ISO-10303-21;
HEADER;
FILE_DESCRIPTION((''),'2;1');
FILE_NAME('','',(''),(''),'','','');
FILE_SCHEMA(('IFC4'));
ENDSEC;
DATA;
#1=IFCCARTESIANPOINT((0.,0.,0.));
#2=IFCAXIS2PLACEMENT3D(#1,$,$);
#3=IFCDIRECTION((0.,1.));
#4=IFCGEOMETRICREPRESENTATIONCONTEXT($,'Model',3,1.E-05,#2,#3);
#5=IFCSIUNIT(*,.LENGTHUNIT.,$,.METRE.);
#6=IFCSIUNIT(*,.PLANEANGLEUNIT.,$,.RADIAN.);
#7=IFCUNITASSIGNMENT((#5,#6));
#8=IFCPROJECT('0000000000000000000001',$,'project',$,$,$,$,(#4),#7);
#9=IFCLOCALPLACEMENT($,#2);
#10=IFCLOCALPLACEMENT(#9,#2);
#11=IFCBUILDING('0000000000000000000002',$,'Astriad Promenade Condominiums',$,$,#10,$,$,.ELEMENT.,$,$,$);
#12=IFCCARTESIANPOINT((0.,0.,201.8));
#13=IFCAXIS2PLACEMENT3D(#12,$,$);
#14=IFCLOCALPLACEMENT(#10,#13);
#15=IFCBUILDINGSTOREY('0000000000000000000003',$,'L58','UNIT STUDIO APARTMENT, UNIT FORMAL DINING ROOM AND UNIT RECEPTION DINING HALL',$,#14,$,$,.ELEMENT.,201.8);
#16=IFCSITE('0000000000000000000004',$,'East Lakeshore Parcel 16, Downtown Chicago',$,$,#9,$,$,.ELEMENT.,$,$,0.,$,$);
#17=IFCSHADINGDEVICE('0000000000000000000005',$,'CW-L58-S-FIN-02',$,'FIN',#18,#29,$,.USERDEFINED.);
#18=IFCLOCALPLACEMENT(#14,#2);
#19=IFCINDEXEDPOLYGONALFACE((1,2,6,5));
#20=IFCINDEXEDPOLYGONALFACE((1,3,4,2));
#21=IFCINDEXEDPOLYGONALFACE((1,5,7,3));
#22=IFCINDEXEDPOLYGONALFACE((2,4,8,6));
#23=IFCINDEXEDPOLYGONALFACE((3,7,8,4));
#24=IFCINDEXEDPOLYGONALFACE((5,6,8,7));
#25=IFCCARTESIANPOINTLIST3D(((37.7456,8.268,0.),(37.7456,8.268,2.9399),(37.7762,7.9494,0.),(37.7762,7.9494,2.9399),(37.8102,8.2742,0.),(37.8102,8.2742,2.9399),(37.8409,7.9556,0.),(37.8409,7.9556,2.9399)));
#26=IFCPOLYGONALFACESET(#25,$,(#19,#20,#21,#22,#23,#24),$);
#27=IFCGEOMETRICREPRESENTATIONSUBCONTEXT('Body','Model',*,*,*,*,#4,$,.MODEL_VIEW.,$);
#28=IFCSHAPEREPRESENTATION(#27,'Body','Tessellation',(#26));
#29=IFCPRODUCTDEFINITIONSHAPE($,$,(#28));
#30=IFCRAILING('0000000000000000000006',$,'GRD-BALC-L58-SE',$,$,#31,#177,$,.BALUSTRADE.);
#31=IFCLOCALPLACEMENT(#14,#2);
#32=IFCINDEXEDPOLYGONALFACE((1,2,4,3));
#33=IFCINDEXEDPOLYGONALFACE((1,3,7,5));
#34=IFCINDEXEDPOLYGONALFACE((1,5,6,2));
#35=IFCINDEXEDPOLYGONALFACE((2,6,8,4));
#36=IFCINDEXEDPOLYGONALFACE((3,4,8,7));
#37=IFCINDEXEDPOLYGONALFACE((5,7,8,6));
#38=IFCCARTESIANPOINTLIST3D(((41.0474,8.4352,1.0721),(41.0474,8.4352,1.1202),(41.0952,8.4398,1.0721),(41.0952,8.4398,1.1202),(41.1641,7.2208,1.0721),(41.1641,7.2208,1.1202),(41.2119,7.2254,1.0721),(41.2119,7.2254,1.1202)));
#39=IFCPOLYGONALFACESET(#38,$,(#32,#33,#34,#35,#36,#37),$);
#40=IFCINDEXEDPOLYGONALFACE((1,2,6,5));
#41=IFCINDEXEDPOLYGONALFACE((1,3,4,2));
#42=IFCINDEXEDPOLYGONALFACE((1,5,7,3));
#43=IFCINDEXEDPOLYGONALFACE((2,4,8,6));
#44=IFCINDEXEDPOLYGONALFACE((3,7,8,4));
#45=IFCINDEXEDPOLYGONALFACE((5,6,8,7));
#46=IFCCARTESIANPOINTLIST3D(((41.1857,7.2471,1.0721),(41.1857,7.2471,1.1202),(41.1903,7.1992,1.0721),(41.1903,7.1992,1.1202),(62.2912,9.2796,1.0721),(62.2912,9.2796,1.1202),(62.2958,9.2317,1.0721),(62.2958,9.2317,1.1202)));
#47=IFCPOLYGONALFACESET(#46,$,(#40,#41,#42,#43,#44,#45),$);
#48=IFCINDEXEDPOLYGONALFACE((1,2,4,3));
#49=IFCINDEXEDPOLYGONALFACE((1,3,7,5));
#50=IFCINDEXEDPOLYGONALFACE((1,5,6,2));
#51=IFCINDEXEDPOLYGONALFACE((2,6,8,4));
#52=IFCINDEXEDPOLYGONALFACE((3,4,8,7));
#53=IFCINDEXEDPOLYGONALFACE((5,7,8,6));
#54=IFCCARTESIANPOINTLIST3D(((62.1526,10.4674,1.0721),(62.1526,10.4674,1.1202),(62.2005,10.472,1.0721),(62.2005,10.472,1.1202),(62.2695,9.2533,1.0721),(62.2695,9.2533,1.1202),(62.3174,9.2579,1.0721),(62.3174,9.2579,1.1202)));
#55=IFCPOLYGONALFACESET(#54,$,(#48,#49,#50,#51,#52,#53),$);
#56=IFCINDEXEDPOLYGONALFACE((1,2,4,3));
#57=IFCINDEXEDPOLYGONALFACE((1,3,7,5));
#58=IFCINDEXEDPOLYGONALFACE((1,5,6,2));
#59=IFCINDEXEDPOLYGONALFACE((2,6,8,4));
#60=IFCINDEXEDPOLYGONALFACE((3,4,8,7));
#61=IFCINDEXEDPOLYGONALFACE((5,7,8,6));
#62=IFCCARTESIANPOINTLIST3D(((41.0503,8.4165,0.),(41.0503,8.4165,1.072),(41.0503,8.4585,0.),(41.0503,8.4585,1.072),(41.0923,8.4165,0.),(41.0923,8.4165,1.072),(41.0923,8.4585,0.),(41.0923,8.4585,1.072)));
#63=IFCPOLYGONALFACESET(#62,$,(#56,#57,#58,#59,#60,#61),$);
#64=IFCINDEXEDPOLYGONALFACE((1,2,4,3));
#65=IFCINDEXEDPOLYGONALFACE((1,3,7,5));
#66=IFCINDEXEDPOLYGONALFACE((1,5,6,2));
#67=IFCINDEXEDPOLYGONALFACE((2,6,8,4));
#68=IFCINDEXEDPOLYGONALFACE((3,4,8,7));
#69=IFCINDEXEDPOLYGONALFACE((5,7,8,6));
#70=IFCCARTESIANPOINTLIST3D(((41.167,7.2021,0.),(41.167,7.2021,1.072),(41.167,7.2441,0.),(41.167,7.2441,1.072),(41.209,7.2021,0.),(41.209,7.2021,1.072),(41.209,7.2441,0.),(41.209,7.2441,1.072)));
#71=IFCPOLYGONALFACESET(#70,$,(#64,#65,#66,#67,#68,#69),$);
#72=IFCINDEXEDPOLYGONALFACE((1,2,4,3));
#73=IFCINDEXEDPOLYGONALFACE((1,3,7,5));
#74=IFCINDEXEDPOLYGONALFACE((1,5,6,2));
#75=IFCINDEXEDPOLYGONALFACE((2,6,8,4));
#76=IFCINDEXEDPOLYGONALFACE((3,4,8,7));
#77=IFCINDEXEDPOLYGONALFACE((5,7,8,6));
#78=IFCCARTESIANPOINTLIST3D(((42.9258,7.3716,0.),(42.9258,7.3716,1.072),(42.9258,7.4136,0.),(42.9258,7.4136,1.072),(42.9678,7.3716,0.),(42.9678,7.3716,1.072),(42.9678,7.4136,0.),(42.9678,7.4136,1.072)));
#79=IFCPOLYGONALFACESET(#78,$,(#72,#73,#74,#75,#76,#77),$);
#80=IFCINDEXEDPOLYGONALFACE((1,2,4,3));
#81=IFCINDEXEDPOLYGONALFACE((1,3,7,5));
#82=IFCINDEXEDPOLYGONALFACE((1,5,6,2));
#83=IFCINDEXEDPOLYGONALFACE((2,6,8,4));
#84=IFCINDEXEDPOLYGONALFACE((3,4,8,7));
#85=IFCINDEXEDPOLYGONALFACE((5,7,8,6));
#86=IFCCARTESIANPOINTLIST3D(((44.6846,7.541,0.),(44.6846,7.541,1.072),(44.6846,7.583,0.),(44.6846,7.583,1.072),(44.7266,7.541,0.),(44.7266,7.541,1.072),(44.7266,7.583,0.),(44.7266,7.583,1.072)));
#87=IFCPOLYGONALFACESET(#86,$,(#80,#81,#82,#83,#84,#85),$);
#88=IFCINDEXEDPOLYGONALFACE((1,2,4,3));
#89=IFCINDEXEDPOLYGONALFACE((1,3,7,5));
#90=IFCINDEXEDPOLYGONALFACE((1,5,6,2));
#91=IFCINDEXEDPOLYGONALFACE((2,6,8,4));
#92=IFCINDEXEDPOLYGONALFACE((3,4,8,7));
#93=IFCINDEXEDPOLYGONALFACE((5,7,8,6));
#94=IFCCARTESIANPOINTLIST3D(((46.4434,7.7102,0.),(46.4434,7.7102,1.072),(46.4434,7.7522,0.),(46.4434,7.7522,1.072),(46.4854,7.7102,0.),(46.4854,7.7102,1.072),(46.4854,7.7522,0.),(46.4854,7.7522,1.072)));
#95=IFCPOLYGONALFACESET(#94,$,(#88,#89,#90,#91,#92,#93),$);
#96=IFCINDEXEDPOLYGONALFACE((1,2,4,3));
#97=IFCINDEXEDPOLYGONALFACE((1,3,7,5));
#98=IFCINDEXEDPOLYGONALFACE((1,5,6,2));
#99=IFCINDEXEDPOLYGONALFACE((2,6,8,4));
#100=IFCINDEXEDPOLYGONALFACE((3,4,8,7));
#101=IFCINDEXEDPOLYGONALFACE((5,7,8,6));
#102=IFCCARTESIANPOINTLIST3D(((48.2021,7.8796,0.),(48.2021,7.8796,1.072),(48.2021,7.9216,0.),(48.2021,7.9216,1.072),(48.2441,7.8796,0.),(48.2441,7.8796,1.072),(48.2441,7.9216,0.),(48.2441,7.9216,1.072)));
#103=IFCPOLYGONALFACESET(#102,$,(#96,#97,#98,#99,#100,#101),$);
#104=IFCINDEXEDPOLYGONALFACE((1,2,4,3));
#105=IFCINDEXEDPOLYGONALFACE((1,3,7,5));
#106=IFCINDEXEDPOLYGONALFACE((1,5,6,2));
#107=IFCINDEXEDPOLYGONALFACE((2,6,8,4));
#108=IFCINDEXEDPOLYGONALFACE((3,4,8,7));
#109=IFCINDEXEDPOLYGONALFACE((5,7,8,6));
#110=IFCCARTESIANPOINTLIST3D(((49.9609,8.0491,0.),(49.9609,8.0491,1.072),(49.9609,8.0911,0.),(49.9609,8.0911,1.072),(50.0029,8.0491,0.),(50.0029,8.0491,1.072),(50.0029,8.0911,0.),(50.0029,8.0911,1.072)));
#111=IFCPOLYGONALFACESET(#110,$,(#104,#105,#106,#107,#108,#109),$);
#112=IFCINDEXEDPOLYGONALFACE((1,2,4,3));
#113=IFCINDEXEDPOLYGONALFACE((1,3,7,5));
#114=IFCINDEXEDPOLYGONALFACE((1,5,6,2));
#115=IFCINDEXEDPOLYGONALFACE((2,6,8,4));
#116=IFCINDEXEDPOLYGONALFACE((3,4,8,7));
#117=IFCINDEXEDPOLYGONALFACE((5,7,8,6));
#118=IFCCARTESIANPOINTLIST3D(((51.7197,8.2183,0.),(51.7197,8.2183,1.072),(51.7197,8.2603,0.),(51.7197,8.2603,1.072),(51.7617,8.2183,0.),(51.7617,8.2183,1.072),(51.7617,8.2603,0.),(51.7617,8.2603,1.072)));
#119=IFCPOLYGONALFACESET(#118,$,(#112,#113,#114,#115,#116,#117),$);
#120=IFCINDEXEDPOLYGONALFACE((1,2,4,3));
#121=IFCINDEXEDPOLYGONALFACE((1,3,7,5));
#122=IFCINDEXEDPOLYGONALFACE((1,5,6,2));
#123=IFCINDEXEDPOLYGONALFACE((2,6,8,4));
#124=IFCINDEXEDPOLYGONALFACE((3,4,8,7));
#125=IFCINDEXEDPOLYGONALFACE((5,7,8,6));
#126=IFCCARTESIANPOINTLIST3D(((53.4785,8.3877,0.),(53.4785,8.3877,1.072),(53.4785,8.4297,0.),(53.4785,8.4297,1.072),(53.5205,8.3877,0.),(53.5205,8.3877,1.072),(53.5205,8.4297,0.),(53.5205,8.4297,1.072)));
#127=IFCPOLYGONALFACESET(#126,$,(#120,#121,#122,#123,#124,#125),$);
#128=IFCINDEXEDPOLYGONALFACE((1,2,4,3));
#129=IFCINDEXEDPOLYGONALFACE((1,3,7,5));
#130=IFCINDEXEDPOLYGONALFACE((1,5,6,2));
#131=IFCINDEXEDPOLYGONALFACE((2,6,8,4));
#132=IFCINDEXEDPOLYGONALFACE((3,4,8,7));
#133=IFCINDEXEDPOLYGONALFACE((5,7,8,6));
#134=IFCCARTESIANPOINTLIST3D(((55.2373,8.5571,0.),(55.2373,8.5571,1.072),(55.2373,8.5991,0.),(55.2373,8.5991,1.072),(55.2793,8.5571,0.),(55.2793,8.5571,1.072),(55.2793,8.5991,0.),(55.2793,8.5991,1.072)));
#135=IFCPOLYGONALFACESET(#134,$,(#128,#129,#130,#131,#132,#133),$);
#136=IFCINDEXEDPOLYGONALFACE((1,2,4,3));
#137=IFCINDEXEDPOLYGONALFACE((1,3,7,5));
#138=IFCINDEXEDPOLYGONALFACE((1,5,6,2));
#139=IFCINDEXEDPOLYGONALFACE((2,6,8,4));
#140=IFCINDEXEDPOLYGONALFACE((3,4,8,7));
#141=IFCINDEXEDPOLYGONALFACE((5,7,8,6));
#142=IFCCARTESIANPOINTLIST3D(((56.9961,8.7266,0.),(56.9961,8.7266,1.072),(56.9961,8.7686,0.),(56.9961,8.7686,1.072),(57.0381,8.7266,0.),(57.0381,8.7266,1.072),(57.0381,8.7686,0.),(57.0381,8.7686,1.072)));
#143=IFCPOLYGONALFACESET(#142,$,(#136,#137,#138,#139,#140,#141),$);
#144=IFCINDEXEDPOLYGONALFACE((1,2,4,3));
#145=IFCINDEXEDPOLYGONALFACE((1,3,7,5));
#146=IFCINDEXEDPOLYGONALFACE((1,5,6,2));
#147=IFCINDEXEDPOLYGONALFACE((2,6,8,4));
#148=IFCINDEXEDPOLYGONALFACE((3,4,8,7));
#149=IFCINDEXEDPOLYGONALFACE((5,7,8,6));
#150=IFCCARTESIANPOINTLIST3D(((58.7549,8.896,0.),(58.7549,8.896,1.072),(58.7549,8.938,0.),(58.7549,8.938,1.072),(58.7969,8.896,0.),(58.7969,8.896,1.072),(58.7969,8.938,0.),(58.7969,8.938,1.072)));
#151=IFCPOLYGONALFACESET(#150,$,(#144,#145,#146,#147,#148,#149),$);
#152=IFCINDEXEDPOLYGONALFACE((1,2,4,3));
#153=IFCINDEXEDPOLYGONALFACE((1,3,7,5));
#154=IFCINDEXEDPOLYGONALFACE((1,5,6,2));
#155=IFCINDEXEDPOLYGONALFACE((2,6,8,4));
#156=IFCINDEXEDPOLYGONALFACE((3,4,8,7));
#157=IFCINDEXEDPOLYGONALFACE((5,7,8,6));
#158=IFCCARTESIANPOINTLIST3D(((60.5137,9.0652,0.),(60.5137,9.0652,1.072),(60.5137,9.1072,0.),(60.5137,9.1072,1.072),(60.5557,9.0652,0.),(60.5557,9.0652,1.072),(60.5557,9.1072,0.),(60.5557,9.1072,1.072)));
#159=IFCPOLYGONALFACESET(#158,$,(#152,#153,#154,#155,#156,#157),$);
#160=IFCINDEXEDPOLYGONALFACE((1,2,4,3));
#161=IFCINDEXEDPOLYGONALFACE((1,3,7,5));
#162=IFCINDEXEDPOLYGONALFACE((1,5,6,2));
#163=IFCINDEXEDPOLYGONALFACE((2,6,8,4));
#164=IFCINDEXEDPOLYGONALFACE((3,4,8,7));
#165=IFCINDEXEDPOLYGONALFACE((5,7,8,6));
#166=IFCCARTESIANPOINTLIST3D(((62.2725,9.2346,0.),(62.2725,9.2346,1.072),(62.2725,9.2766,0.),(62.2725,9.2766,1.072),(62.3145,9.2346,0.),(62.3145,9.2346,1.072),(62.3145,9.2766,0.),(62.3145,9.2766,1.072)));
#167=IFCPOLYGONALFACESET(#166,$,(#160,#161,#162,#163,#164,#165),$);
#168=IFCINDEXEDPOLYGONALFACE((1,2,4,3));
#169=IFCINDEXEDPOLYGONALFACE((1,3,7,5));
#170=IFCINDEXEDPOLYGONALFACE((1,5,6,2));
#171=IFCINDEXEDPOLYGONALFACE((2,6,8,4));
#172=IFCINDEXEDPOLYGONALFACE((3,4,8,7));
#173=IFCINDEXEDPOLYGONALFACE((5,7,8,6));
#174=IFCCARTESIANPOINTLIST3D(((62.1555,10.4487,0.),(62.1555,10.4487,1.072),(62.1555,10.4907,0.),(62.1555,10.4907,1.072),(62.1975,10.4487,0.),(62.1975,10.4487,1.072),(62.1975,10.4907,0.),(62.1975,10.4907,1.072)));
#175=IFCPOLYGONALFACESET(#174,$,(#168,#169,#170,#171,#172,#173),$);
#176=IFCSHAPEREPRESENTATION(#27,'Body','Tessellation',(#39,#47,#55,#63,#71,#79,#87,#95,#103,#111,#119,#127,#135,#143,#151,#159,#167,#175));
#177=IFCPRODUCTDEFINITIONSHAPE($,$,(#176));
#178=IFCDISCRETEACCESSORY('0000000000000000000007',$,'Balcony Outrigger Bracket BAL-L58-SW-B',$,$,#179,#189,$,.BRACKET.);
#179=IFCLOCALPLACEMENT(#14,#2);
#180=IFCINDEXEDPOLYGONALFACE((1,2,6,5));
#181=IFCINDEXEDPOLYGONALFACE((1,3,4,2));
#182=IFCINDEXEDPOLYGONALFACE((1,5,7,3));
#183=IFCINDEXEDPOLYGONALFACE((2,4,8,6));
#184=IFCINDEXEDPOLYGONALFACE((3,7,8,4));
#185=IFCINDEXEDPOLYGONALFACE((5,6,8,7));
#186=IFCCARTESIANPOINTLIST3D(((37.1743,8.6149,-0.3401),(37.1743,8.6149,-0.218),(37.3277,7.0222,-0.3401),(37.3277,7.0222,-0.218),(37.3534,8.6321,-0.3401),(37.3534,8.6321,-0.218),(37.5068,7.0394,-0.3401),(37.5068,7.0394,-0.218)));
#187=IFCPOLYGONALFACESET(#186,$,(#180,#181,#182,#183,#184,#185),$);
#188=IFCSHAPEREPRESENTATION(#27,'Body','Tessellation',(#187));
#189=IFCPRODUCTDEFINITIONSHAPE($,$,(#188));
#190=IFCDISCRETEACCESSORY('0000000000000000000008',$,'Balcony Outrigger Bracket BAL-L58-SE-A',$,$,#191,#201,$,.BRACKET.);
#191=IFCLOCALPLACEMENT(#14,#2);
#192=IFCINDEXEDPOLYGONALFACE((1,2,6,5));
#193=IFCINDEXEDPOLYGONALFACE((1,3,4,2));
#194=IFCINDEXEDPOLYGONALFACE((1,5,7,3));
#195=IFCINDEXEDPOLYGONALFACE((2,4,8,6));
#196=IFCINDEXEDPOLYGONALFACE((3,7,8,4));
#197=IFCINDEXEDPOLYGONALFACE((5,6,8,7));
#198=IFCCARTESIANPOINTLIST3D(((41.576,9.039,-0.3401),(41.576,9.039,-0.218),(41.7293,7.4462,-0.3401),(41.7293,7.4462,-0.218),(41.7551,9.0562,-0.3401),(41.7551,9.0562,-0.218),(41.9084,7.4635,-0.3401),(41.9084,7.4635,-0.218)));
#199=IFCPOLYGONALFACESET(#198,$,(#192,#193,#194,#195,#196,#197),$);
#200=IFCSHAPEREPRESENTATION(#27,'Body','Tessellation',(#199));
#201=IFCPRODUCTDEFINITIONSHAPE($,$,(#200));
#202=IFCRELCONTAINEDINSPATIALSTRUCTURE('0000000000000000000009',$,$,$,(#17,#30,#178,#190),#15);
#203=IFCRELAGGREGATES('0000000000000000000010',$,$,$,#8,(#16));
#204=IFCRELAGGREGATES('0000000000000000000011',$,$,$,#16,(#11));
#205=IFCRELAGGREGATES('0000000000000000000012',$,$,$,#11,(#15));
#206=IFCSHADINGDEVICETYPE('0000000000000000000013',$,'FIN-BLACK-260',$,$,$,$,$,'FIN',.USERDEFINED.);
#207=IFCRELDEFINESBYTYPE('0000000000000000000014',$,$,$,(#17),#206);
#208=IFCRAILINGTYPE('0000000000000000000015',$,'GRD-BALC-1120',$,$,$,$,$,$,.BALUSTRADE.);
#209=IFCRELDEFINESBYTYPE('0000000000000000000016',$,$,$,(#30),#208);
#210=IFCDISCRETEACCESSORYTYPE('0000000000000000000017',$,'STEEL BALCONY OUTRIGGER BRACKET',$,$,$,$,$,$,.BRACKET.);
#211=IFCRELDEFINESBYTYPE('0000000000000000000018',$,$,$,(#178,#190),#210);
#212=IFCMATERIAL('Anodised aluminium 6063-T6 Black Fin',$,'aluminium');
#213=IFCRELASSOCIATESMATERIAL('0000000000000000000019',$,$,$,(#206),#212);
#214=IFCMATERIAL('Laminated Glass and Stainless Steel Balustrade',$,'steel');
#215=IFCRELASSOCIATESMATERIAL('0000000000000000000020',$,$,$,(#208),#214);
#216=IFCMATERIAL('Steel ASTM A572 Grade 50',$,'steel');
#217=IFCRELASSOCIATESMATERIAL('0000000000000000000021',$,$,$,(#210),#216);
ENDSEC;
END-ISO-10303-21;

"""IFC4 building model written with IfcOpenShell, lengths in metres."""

from ifc_helpers import new_model, si_unit, direction, frame, origin, origin_2d, place, context, subcontext, project, spatial, rectangle, extrude, source, transform, mapped, material, type_object, type_shapes, element, save


model = new_model("IFC4")

# Units and contexts
model_context = context("Model", 3, precision=1e-05, world=origin(), true_north=direction((0.0, 1.0)))
body_context = subcontext(model_context, "Body", "Model", "MODEL_VIEW")
ifc_project = project(units=[si_unit("LENGTHUNIT", "METRE"), si_unit("PLANEANGLEUNIT", "RADIAN")], contexts=[model_context])

# Site, building, storey
site_placement = place(None, origin())
site = spatial("IfcSite", under=ifc_project, at=site_placement, Name="East Lakeshore Parcel 16, Downtown Chicago", CompositionType="ELEMENT", RefElevation=0.0)
building_placement = place(site_placement, origin())
building = spatial("IfcBuilding", under=site, at=building_placement, Name="Astriad Promenade Condominiums", CompositionType="ELEMENT")
storey_placement = place(building_placement, frame((0.0, 0.0, 201.8)))
storey = spatial("IfcBuildingStorey", under=building, at=storey_placement, Name="L58", Description="UNIT STUDIO APARTMENT, UNIT FORMAL DINING ROOM AND UNIT RECEPTION DINING HALL", CompositionType="ELEMENT", Elevation=201.8)

# Shading device
ifc_material_1 = material(Name="Anodised aluminium 6063-T6 Black Fin", Category="aluminium")
shading_device_type = type_object("IfcShadingDeviceType", Name="FIN-BLACK-260", ElementType="FIN", PredefinedType="USERDEFINED", material=ifc_material_1)
shared_shape_1 = source(origin(), body_context, "Body", "SweptSolid", [
    extrude(rectangle(XDim=0.0649, YDim=0.3201, at=origin_2d()), origin(), (0.0, 0.0, 1.0), 2.9399),
])
type_shapes(shading_device_type, [shared_shape_1])
for number, where, z_axis, x_axis, name in (
    (1, (37.7932, 8.1118, 0.0), (0.0, 0.0, 1.0), (-0.995396, -0.095846, 0.0), "CW-L58-S-FIN-02"),
):
    element("IfcShadingDevice", number, at=place(storey_placement, frame(where, z_axis=z_axis, x_axis=x_axis)), inside=storey, type_object=shading_device_type, Name=name, ObjectType="FIN", PredefinedType="USERDEFINED", context=body_context, shape_type="MappedRepresentation", body=[
        mapped(shared_shape_1, transform((0.0, 0.0, 0.0), scale=1.0)),
    ])

# Railing
ifc_material_2 = material(Name="Laminated Glass and Stainless Steel Balustrade", Category="steel")
railing_type = type_object("IfcRailingType", Name="GRD-BALC-1120", PredefinedType="BALUSTRADE", material=ifc_material_2)
shared_shape_2 = source(origin(), body_context, "Body", "SweptSolid", [
    extrude(rectangle(XDim=0.0481, YDim=0.0481, at=origin_2d()), frame((0.0, 0.0, 1.0962), z_axis=(0.095659, -0.995414, 0.0), x_axis=(0.995414, 0.095659, 0.0)), (0.0, 0.0, 1.0), 1.22),
    extrude(rectangle(XDim=0.0481, YDim=0.0481, at=origin_2d()), frame((0.1167, -1.2144, 1.0962), z_axis=(0.995395, 0.095857, 0.0), x_axis=(-0.095857, 0.995395, 0.0)), (0.0, 0.0, 1.0), 21.2031),
    extrude(rectangle(XDim=0.0481, YDim=0.0481, at=origin_2d()), frame((21.2222, 0.8181, 1.0962), z_axis=(-0.095876, 0.995393, 0.0), x_axis=(-0.995393, -0.095876, 0.0)), (0.0, 0.0, 1.0), 1.2197),
    extrude(rectangle(XDim=0.042, YDim=0.042, at=origin_2d()), origin(), (0.0, 0.0, 1.0), 1.072),
    extrude(rectangle(XDim=0.042, YDim=0.042, at=origin_2d()), frame((0.1167, -1.2144, 0.0)), (0.0, 0.0, 1.0), 1.072),
    extrude(rectangle(XDim=0.042, YDim=0.042, at=origin_2d()), frame((1.8755, -1.0449, 0.0)), (0.0, 0.0, 1.0), 1.072),
    extrude(rectangle(XDim=0.042, YDim=0.042, at=origin_2d()), frame((3.6343, -0.8755, 0.0)), (0.0, 0.0, 1.0), 1.072),
    extrude(rectangle(XDim=0.042, YDim=0.042, at=origin_2d()), frame((5.3931, -0.7063, 0.0)), (0.0, 0.0, 1.0), 1.072),
    extrude(rectangle(XDim=0.042, YDim=0.042, at=origin_2d()), frame((7.1519, -0.5369, 0.0)), (0.0, 0.0, 1.0), 1.072),
    extrude(rectangle(XDim=0.042, YDim=0.042, at=origin_2d()), frame((8.9106, -0.3674, 0.0)), (0.0, 0.0, 1.0), 1.072),
    extrude(rectangle(XDim=0.042, YDim=0.042, at=origin_2d()), frame((10.6694, -0.1982, 0.0)), (0.0, 0.0, 1.0), 1.072),
    extrude(rectangle(XDim=0.042, YDim=0.042, at=origin_2d()), frame((12.4282, -0.0288, 0.0)), (0.0, 0.0, 1.0), 1.072),
    extrude(rectangle(XDim=0.042, YDim=0.042, at=origin_2d()), frame((14.187, 0.1406, 0.0)), (0.0, 0.0, 1.0), 1.072),
    extrude(rectangle(XDim=0.042, YDim=0.042, at=origin_2d()), frame((15.9458, 0.3101, 0.0)), (0.0, 0.0, 1.0), 1.072),
    extrude(rectangle(XDim=0.042, YDim=0.042, at=origin_2d()), frame((17.7046, 0.4795, 0.0)), (0.0, 0.0, 1.0), 1.072),
    extrude(rectangle(XDim=0.042, YDim=0.042, at=origin_2d()), frame((19.4634, 0.6487, 0.0)), (0.0, 0.0, 1.0), 1.072),
    extrude(rectangle(XDim=0.042, YDim=0.042, at=origin_2d()), frame((21.2222, 0.8181, 0.0)), (0.0, 0.0, 1.0), 1.072),
    extrude(rectangle(XDim=0.042, YDim=0.042, at=origin_2d()), frame((21.1052, 2.0322, 0.0)), (0.0, 0.0, 1.0), 1.072),
])
type_shapes(railing_type, [shared_shape_2])
railing_placement = place(storey_placement, frame((41.0713, 8.4375, 0.0)))
element("IfcRailing", 2, at=railing_placement, inside=storey, type_object=railing_type, Name="GRD-BALC-L58-SE", PredefinedType="BALUSTRADE", context=body_context, shape_type="MappedRepresentation", body=[
    mapped(shared_shape_2, transform((0.0, 0.0, 0.0), scale=1.0)),
])

# Discrete accessories
ifc_material_3 = material(Name="Steel ASTM A572 Grade 50", Category="steel")
discrete_accessory_type = type_object("IfcDiscreteAccessoryType", Name="STEEL BALCONY OUTRIGGER BRACKET", PredefinedType="BRACKET", material=ifc_material_3)
shared_shape_3 = source(origin(), body_context, "Body", "SweptSolid", [
    extrude(rectangle(XDim=1.6001, YDim=0.1799, at=origin_2d()), origin(), (0.0, 0.0, 1.0), 0.1221),
])
type_shapes(discrete_accessory_type, [shared_shape_3])
for number, where, z_axis, x_axis, name in (
    (3, (37.3406, 7.8271, -0.3401), (0.0, 0.0, 1.0), (0.095846, -0.995396, 0.0), "Balcony Outrigger Bracket BAL-L58-SW-B"),
    (4, (41.7422, 8.2512, -0.3401), (0.0, 0.0, 1.0), (0.095846, -0.995396, 0.0), "Balcony Outrigger Bracket BAL-L58-SE-A"),
):
    element("IfcDiscreteAccessory", number, at=place(storey_placement, frame(where, z_axis=z_axis, x_axis=x_axis)), inside=storey, type_object=discrete_accessory_type, Name=name, PredefinedType="BRACKET", context=body_context, shape_type="MappedRepresentation", body=[
        mapped(shared_shape_3, transform((0.0, 0.0, 0.0), scale=1.0)),
    ])

save(model, "model.ifc")
